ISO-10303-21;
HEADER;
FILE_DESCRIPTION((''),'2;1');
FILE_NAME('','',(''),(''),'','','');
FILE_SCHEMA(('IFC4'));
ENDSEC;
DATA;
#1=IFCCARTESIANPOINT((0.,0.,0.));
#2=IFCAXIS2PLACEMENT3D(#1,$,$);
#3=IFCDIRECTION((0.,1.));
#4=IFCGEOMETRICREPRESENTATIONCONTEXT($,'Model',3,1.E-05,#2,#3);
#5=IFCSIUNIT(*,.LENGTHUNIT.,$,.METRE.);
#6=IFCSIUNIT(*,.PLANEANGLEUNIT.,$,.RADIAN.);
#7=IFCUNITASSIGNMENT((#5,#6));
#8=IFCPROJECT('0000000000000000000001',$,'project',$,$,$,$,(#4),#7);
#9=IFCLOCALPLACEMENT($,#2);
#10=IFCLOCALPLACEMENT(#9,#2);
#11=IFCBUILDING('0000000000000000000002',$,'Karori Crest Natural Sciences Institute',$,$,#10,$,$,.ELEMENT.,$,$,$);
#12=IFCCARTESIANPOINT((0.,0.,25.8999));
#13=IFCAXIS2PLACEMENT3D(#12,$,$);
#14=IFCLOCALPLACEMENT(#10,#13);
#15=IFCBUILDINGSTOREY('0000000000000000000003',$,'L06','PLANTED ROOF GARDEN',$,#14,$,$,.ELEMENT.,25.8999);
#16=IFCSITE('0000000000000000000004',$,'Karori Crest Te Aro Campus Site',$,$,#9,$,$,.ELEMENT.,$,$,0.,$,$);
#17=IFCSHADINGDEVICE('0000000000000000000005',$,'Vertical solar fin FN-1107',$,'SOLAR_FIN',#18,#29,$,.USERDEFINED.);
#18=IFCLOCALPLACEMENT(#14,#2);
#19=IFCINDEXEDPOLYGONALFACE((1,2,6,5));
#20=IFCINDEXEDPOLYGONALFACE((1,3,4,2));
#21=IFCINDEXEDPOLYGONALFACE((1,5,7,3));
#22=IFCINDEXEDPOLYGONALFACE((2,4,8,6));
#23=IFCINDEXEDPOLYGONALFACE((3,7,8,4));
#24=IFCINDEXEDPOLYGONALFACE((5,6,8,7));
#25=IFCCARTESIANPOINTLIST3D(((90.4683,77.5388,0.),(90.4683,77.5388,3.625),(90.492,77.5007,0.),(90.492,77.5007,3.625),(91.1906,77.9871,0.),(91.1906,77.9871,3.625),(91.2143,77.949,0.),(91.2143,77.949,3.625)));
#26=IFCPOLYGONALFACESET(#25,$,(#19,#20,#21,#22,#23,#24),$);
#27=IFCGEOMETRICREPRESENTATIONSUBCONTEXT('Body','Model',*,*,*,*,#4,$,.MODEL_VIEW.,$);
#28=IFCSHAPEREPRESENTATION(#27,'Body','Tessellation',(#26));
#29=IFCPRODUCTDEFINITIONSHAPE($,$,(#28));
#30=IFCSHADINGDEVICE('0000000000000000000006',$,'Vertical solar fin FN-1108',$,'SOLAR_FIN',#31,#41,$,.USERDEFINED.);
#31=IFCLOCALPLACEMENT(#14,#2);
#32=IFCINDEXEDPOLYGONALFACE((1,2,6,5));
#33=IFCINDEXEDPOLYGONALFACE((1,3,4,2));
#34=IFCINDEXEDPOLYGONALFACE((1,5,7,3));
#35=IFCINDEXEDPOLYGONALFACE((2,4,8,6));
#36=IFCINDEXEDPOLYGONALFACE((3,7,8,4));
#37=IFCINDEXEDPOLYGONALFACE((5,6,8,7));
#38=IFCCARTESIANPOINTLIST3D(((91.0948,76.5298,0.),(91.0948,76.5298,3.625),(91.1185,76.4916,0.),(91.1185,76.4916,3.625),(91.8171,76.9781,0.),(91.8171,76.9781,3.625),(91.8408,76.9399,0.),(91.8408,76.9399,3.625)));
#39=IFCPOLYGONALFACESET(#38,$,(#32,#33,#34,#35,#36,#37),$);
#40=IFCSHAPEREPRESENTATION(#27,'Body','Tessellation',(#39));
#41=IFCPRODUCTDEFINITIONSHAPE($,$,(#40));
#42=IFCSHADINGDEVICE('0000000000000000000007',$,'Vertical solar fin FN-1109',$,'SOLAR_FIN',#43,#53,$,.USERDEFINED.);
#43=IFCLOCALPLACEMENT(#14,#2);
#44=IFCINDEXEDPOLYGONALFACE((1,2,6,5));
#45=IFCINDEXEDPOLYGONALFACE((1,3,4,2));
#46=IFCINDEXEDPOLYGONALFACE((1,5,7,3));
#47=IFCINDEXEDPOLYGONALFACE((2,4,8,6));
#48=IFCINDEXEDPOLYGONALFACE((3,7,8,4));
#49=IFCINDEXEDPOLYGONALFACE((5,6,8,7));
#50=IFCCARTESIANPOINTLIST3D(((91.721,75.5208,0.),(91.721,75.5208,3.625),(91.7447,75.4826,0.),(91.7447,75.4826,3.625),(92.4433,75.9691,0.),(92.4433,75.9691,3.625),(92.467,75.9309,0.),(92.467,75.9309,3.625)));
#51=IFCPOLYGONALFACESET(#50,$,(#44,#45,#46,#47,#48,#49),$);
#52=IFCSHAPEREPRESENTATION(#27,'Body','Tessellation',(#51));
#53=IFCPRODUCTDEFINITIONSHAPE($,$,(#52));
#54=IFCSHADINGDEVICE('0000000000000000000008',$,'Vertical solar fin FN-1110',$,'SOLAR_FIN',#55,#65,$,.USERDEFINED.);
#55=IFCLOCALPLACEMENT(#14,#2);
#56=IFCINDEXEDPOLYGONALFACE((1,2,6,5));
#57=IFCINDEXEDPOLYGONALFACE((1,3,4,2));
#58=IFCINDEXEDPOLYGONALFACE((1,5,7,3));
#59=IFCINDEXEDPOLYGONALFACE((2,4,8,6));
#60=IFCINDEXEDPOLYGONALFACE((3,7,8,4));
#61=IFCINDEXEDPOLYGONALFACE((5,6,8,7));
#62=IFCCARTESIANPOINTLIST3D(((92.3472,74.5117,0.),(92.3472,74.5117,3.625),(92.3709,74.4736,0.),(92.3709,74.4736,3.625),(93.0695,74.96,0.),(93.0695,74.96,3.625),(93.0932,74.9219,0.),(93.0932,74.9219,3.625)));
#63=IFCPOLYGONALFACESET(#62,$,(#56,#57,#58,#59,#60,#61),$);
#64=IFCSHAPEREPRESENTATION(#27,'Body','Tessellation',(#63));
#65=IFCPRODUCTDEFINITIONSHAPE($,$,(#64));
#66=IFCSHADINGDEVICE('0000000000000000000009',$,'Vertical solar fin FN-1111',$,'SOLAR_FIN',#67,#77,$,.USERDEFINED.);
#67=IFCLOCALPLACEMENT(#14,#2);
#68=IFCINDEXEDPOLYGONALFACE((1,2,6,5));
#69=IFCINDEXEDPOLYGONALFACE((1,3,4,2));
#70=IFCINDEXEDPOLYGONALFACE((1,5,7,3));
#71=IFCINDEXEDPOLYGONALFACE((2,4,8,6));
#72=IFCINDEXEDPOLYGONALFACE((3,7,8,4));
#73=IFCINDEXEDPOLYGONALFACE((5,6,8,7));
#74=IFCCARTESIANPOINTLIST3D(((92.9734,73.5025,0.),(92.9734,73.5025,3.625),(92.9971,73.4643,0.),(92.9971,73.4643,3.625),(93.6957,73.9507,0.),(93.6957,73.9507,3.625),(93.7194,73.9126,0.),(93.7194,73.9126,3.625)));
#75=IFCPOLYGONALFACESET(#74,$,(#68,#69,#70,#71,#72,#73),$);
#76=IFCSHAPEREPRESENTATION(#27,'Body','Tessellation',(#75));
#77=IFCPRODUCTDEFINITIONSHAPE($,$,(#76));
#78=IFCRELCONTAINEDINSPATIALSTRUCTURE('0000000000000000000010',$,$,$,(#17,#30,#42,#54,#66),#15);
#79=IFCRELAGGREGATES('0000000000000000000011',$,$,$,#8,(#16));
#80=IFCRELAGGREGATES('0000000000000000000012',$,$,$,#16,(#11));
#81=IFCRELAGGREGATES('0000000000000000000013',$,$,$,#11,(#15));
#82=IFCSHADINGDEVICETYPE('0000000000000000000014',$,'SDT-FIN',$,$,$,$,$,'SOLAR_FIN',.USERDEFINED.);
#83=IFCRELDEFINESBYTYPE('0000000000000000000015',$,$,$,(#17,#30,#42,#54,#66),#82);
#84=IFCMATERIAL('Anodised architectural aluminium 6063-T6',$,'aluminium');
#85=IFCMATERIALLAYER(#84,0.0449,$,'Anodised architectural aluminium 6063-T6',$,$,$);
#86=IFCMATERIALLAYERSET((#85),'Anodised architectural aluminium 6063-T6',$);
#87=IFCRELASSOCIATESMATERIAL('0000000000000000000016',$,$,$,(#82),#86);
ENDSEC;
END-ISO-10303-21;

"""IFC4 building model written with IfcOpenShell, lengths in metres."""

from ifc_helpers import new_model, si_unit, direction, frame, origin, origin_2d, place, context, subcontext, project, spatial, rectangle, extrude, material, layer, layer_set, type_object, element, save


model = new_model("IFC4")

# Units and contexts
model_context = context("Model", 3, precision=1e-05, world=origin(), true_north=direction((0.0, 1.0)))
body_context = subcontext(model_context, "Body", "Model", "MODEL_VIEW")
ifc_project = project(units=[si_unit("LENGTHUNIT", "METRE"), si_unit("PLANEANGLEUNIT", "RADIAN")], contexts=[model_context])

# Site, building, storey
site_placement = place(None, origin())
site = spatial("IfcSite", under=ifc_project, at=site_placement, Name="Karori Crest Te Aro Campus Site", CompositionType="ELEMENT", RefElevation=0.0)
building_placement = place(site_placement, origin())
building = spatial("IfcBuilding", under=site, at=building_placement, Name="Karori Crest Natural Sciences Institute", CompositionType="ELEMENT")
storey_placement = place(building_placement, frame((0.0, 0.0, 25.8999)))
storey = spatial("IfcBuildingStorey", under=building, at=storey_placement, Name="L06", Description="PLANTED ROOF GARDEN", CompositionType="ELEMENT", Elevation=25.8999)

# Shared definitions
ifc_material_1 = material(Name="Anodised architectural aluminium 6063-T6", Category="aluminium")

# Shading devices
ifc_layer_1 = layer(ifc_material_1, 0.0449, Name="Anodised architectural aluminium 6063-T6")
ifc_layer_set_1 = layer_set([ifc_layer_1], Name="Anodised architectural aluminium 6063-T6")
shading_device_type = type_object("IfcShadingDeviceType", Name="SDT-FIN", ElementType="SOLAR_FIN", PredefinedType="USERDEFINED", material=ifc_layer_set_1)
for number, where, z_axis, x_axis, name in (
    (1, (90.8413, 77.7439, 0.0), (0.0, 0.0, 1.0), (0.849662, 0.527328, 0.0), "Vertical solar fin FN-1107"),
    (2, (91.4678, 76.7349, 0.0), (0.0, 0.0, 1.0), (0.849662, 0.527328, 0.0), "Vertical solar fin FN-1108"),
    (3, (92.094, 75.7258, 0.0), (0.0, 0.0, 1.0), (0.849662, 0.527328, 0.0), "Vertical solar fin FN-1109"),
    (4, (92.7202, 74.7168, 0.0), (0.0, 0.0, 1.0), (0.849662, 0.527328, 0.0), "Vertical solar fin FN-1110"),
    (5, (93.3464, 73.7075, 0.0), (0.0, 0.0, 1.0), (0.849662, 0.527328, 0.0), "Vertical solar fin FN-1111"),
):
    element("IfcShadingDevice", number, at=place(storey_placement, frame(where, z_axis=z_axis, x_axis=x_axis)), inside=storey, type_object=shading_device_type, Name=name, ObjectType="SOLAR_FIN", PredefinedType="USERDEFINED", context=body_context, shape_type="SweptSolid", body=[
        extrude(rectangle(XDim=0.8501, YDim=0.0449, at=origin_2d()), origin(), (0.0, 0.0, 1.0), 3.625),
    ])

save(model, "model.ifc")
